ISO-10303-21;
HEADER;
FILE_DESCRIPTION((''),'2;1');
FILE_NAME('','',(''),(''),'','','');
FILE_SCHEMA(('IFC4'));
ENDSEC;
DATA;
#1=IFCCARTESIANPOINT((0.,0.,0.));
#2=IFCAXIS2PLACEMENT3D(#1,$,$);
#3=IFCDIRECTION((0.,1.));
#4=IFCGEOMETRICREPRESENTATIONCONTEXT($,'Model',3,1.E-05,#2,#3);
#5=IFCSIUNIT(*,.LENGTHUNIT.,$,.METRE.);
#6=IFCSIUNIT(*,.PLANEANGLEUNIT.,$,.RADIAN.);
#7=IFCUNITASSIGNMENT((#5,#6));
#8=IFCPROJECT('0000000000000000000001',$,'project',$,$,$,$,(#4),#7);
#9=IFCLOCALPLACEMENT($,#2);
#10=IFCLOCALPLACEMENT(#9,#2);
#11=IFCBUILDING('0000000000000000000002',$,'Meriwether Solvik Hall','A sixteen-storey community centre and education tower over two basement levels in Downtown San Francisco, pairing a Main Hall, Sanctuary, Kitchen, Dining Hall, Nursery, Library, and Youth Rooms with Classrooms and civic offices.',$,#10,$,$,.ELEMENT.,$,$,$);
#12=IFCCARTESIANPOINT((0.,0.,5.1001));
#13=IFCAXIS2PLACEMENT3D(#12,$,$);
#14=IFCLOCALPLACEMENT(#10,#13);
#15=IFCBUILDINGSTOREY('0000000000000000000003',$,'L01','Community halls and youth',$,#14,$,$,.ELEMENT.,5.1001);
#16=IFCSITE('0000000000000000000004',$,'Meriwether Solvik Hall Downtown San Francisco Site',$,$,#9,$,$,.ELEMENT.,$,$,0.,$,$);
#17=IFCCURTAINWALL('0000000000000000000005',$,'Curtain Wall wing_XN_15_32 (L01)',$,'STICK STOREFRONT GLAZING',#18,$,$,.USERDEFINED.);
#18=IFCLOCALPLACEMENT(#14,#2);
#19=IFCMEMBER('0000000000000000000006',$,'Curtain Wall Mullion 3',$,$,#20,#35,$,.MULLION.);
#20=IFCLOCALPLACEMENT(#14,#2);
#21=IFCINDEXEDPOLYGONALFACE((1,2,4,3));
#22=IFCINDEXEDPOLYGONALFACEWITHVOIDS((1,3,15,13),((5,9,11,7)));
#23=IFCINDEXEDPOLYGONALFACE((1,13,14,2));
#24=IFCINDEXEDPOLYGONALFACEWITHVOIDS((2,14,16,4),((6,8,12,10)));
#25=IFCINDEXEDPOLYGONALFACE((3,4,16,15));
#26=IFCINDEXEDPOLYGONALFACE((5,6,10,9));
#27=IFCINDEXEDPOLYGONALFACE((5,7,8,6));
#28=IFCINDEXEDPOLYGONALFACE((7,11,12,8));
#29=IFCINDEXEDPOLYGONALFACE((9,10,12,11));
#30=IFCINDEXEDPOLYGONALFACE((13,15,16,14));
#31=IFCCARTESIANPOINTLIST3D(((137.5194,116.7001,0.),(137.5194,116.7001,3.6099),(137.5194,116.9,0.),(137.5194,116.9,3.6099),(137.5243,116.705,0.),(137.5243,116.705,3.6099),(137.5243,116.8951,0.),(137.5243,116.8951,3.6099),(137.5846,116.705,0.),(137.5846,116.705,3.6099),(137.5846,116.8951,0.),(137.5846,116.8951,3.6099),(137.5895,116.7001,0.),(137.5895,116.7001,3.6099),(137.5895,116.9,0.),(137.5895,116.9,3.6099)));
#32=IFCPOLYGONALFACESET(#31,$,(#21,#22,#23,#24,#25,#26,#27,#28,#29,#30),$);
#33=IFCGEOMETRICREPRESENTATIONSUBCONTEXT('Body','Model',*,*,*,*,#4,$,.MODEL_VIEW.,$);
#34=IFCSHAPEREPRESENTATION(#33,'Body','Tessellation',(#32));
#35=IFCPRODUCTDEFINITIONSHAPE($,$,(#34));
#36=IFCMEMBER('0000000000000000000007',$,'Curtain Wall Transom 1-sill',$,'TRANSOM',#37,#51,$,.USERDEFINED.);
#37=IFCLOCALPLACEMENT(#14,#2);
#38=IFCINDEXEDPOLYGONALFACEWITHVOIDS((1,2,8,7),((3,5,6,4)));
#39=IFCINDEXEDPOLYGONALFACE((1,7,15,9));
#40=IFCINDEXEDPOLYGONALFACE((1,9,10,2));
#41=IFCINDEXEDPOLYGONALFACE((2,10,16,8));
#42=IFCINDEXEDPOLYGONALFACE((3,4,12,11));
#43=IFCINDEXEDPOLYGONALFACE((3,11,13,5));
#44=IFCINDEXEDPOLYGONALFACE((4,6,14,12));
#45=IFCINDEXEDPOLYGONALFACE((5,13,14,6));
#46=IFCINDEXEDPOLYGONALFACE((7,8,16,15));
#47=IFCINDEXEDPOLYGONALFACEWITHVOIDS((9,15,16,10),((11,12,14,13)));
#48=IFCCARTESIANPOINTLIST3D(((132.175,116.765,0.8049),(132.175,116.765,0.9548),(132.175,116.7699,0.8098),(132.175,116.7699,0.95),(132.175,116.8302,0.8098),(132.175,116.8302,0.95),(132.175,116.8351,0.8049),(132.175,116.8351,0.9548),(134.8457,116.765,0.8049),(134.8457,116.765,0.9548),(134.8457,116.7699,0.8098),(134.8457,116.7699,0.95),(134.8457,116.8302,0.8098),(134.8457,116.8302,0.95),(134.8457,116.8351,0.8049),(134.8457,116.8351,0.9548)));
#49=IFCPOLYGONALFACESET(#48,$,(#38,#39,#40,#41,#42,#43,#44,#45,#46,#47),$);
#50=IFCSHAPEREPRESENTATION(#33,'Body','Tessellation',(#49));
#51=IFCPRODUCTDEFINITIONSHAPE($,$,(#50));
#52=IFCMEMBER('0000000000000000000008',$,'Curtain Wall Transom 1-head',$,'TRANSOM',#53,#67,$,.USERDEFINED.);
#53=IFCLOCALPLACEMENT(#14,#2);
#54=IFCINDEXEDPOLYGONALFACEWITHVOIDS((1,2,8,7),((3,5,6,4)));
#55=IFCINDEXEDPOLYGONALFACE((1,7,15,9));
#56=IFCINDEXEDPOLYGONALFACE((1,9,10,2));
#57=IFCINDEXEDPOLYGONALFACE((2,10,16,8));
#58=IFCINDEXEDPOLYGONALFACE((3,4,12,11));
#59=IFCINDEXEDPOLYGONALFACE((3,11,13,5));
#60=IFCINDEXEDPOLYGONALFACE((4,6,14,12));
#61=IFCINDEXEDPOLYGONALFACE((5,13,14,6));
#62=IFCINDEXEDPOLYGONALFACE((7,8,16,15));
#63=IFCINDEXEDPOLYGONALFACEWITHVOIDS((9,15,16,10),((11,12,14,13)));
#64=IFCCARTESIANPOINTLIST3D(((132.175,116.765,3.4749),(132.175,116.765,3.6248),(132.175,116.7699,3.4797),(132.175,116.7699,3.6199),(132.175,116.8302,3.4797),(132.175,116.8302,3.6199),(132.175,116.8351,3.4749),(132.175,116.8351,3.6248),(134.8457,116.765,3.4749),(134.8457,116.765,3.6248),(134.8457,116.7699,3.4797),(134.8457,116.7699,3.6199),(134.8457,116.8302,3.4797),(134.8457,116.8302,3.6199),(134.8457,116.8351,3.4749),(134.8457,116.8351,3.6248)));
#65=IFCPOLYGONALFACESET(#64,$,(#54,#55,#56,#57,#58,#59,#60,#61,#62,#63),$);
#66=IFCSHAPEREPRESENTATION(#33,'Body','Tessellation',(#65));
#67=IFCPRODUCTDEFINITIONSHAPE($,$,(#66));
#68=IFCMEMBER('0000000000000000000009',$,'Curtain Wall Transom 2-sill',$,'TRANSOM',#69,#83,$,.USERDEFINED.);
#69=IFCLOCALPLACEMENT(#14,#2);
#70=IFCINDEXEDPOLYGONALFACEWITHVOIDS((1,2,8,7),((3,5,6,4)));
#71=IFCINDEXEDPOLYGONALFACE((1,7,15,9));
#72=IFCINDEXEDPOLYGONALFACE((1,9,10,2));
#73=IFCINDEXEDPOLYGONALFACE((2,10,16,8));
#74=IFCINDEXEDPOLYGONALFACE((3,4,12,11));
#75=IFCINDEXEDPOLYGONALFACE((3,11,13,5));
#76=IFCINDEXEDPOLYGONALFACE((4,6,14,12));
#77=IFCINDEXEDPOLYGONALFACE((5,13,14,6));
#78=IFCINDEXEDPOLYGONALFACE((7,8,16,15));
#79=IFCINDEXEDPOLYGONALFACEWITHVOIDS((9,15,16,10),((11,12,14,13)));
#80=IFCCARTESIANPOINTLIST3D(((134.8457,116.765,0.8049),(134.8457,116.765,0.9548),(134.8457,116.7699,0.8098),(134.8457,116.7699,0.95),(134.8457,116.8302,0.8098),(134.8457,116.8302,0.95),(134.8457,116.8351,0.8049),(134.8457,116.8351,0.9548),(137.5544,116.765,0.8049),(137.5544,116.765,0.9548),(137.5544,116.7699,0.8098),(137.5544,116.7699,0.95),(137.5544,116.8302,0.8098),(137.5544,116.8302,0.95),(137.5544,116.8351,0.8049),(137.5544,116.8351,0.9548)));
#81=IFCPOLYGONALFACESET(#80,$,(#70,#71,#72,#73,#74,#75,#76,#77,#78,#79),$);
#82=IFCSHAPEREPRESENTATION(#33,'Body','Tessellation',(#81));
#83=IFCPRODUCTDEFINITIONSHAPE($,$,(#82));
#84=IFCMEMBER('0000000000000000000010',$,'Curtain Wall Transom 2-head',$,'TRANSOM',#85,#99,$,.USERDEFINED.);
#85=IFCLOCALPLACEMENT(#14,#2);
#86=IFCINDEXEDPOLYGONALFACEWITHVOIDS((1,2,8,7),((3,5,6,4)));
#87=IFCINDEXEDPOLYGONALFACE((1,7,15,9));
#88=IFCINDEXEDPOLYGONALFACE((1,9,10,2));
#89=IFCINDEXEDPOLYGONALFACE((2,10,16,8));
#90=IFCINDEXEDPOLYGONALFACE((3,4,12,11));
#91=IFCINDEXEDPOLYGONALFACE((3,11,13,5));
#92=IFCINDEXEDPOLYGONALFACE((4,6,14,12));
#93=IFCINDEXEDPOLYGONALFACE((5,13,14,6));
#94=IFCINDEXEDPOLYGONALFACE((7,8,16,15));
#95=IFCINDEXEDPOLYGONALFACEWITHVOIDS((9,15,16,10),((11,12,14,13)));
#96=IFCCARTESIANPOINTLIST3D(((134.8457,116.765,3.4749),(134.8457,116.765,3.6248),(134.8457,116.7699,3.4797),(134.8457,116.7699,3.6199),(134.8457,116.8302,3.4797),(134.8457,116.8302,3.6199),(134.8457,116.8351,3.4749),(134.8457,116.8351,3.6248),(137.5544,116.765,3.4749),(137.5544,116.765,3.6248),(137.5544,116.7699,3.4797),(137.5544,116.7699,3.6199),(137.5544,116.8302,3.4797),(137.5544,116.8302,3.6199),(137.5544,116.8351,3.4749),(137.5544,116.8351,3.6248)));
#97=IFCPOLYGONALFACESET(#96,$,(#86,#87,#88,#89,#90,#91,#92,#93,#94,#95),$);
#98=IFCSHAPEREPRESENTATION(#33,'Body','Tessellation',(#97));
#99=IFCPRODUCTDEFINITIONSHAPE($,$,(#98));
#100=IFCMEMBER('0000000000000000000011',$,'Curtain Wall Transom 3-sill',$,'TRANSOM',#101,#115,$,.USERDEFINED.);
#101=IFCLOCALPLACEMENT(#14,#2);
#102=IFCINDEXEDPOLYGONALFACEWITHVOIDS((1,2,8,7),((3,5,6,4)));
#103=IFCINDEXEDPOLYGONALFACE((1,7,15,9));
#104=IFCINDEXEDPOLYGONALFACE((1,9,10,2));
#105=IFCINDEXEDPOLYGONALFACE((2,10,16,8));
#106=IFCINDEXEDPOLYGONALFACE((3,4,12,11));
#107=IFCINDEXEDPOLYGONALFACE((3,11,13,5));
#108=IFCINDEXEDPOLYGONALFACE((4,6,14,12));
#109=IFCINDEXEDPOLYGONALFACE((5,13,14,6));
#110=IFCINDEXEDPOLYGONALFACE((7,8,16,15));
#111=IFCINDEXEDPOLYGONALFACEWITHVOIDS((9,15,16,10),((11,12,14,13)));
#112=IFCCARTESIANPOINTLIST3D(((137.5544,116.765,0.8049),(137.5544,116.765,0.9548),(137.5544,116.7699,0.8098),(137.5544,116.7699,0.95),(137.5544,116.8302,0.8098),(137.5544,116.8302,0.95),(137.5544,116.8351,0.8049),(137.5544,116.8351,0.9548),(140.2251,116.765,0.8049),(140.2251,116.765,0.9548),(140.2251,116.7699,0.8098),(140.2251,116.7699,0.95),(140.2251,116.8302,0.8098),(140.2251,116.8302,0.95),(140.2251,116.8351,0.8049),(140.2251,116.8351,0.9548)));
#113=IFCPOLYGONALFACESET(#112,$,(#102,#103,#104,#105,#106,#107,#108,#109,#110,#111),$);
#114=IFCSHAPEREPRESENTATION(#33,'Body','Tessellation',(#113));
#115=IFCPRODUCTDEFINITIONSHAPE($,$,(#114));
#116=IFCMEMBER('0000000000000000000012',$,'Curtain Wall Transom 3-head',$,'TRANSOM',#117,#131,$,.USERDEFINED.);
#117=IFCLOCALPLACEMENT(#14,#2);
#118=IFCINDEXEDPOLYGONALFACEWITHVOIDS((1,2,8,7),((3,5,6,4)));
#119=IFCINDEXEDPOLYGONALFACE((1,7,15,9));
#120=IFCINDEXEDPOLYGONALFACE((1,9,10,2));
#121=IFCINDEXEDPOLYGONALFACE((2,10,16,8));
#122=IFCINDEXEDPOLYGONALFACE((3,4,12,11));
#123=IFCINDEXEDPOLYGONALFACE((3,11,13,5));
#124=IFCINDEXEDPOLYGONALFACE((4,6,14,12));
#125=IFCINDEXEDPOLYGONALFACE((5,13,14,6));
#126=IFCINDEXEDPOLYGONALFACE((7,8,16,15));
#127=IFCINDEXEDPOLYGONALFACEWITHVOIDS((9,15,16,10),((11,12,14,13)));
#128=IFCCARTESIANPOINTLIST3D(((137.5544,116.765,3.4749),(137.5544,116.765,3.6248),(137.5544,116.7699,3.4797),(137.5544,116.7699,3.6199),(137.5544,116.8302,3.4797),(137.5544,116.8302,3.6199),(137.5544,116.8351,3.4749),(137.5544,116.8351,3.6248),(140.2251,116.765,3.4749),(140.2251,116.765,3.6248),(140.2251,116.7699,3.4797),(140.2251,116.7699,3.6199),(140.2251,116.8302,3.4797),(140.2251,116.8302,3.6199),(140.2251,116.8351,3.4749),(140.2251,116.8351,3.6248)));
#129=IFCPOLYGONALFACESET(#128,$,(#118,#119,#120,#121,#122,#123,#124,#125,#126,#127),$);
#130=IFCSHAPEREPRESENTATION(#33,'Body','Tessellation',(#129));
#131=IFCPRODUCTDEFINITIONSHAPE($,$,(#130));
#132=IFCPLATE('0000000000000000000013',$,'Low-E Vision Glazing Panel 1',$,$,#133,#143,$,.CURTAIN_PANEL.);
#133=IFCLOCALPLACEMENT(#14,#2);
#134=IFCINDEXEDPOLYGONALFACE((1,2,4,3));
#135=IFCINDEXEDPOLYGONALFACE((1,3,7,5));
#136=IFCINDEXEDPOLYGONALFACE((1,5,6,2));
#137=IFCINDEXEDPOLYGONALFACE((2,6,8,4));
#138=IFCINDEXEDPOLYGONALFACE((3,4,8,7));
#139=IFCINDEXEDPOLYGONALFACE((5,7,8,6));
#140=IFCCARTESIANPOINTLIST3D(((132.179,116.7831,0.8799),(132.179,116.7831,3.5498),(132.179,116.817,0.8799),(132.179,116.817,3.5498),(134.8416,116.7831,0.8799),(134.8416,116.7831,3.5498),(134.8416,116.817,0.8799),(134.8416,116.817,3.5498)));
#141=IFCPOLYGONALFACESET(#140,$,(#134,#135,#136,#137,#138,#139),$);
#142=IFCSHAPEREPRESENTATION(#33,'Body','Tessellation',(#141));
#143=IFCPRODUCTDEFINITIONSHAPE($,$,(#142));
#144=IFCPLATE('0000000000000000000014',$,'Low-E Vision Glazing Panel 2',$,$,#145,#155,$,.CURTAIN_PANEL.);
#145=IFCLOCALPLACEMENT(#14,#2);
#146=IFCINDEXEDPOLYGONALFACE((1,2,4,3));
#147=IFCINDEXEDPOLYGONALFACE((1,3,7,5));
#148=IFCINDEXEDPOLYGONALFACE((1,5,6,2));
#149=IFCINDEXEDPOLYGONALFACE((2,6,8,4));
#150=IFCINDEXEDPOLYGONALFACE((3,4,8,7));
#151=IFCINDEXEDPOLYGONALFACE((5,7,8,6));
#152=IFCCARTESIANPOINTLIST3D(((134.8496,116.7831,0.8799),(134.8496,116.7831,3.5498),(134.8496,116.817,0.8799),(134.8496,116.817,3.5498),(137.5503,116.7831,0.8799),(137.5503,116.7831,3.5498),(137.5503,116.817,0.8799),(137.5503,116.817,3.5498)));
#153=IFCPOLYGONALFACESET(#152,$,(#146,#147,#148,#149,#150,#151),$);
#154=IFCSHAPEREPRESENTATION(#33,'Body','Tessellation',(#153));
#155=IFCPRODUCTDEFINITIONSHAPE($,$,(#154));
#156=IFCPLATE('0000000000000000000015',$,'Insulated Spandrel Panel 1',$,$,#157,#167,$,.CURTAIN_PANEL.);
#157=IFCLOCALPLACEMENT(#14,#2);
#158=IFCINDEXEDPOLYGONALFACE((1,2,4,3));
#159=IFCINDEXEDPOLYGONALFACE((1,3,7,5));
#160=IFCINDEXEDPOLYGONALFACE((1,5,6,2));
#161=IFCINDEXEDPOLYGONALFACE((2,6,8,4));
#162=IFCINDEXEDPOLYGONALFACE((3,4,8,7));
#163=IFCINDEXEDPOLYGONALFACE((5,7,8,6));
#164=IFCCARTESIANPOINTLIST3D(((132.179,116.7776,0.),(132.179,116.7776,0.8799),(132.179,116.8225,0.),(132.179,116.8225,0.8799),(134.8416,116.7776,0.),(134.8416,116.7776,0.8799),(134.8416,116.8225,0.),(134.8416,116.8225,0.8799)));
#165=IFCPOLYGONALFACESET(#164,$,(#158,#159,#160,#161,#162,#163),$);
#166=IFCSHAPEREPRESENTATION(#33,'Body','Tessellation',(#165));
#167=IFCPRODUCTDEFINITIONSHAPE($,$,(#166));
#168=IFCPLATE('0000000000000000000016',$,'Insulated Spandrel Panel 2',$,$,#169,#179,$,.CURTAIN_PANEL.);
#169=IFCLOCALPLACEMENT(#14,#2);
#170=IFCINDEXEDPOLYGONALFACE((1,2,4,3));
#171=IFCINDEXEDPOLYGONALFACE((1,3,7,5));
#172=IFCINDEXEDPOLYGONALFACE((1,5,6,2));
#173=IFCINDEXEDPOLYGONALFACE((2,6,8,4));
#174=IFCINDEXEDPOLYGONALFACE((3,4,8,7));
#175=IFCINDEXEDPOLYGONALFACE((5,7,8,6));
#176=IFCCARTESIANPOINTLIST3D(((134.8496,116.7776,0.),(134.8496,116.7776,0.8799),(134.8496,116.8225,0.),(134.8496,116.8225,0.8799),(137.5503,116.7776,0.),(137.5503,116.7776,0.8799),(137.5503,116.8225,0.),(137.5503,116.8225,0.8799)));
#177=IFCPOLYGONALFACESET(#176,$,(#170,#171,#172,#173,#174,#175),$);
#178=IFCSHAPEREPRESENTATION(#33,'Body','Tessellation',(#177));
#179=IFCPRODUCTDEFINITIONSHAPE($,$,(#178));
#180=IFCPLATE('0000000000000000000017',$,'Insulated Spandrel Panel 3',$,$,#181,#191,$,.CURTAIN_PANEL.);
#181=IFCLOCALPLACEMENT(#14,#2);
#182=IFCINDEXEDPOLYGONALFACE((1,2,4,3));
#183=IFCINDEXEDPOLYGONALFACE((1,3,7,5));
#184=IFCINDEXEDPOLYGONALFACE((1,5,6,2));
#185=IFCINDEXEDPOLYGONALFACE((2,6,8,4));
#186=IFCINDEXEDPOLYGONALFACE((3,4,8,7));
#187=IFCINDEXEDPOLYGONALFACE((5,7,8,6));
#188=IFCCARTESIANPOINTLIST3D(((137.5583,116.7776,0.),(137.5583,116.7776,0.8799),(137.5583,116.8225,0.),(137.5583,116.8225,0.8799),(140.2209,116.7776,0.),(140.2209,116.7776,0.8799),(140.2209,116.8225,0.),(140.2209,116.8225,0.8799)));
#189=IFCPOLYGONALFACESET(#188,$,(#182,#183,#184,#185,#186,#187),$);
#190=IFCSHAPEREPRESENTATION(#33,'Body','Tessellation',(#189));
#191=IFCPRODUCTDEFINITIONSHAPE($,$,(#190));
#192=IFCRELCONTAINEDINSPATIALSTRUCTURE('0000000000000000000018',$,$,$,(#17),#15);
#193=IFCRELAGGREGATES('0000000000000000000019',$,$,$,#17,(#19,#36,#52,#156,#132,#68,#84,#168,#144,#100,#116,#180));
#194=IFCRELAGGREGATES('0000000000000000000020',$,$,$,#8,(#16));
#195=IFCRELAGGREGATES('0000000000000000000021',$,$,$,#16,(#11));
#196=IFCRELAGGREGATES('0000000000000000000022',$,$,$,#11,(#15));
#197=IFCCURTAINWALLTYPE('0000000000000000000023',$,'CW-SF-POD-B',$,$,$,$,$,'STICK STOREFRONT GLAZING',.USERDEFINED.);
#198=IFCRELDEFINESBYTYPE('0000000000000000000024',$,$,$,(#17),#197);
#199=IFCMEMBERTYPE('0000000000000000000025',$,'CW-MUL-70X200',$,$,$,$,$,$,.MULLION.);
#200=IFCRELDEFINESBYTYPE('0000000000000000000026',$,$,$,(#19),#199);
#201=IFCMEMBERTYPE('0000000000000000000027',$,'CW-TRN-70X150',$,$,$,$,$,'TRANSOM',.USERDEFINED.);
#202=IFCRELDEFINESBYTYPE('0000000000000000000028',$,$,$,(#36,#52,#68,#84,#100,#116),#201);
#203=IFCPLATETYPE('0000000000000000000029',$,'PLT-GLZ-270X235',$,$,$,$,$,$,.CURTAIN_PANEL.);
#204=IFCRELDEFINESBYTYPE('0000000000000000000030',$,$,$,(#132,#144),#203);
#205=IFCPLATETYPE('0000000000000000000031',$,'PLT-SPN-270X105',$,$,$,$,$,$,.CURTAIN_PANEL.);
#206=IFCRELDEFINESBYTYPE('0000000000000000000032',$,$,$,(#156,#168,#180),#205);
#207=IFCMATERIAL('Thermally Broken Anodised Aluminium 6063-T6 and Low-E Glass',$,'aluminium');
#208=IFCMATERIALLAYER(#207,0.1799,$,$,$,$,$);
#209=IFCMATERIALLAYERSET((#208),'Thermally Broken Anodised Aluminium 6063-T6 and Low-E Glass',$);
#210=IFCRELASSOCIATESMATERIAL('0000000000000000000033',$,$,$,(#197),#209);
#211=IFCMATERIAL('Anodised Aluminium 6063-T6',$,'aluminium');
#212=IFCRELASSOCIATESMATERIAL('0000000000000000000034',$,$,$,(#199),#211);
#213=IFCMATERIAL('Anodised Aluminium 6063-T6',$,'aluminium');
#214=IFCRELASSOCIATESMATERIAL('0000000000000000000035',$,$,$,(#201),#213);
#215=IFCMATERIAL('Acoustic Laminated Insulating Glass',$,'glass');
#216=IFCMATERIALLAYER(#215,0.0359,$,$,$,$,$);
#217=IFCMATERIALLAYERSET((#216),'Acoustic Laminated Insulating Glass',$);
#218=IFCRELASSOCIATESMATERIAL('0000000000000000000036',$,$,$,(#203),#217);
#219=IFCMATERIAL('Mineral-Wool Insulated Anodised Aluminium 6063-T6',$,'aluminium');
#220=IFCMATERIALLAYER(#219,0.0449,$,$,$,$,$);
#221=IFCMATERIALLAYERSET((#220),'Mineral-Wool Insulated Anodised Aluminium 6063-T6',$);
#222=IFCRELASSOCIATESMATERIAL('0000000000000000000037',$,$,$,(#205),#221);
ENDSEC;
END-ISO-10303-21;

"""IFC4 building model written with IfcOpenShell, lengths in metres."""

from ifc_helpers import new_model, si_unit, direction, frame, origin, origin_2d, place, context, subcontext, project, spatial, rectangle, hollow_rectangle, extrude, material, layer, layer_set, material_profile, profile_set, type_object, element, aggregate, save


model = new_model("IFC4")

# Units and contexts
model_context = context("Model", 3, precision=1e-05, world=origin(), true_north=direction((0.0, 1.0)))
body_context = subcontext(model_context, "Body", "Model", "MODEL_VIEW")
ifc_project = project(units=[si_unit("LENGTHUNIT", "METRE"), si_unit("PLANEANGLEUNIT", "RADIAN")], contexts=[model_context])

# Site, building, storey
site_placement = place(None, origin())
site = spatial("IfcSite", under=ifc_project, at=site_placement, Name="Meriwether Solvik Hall Downtown San Francisco Site", CompositionType="ELEMENT", RefElevation=0.0)
building_placement = place(site_placement, origin())
building = spatial("IfcBuilding", under=site, at=building_placement, Name="Meriwether Solvik Hall", Description="A sixteen-storey community centre and education tower over two basement levels in Downtown San Francisco, pairing a Main Hall, Sanctuary, Kitchen, Dining Hall, Nursery, Library, and Youth Rooms with Classrooms and civic offices.", CompositionType="ELEMENT")
storey_placement = place(building_placement, frame((0.0, 0.0, 5.1001)))
storey = spatial("IfcBuildingStorey", under=building, at=storey_placement, Name="L01", Description="Community halls and youth", CompositionType="ELEMENT", Elevation=5.1001)

# Curtain wall, members, plates
ifc_material_1 = material(Name="Thermally Broken Anodised Aluminium 6063-T6 and Low-E Glass", Category="aluminium")
ifc_layer_1 = layer(ifc_material_1, 0.1799)
ifc_layer_set_1 = layer_set([ifc_layer_1], Name="Thermally Broken Anodised Aluminium 6063-T6 and Low-E Glass")
curtain_wall_type = type_object("IfcCurtainWallType", Name="CW-SF-POD-B", ElementType="STICK STOREFRONT GLAZING", PredefinedType="USERDEFINED", material=ifc_layer_set_1)
curtain_wall_placement = place(storey_placement, origin())
curtain_wall = element("IfcCurtainWall", 1, at=curtain_wall_placement, inside=storey, type_object=curtain_wall_type, Name="Curtain Wall wing_XN_15_32 (L01)", ObjectType="STICK STOREFRONT GLAZING", PredefinedType="USERDEFINED")
ifc_material_2 = material(Name="Anodised Aluminium 6063-T6", Category="aluminium")
ifc_material_profile_1 = material_profile(ifc_material_2, hollow_rectangle(XDim=0.0701, YDim=0.2, WallThickness=0.0049, at=origin_2d()), Name="CWM-70X200")
ifc_profile_set_1 = profile_set([ifc_material_profile_1], Name="Anodised Aluminium 6063-T6")
member_type_1 = type_object("IfcMemberType", Name="CW-MUL-70X200", PredefinedType="MULLION", material=ifc_profile_set_1)
member_1_placement = place(storey_placement, frame((137.5544, 116.8, 0.0), z_axis=(0.0, 0.0, 1.0), x_axis=(1.0, 0.0, 0.0)))
member_1 = element("IfcMember", 2, at=member_1_placement, type_object=member_type_1, Name="Curtain Wall Mullion 3", PredefinedType="MULLION", context=body_context, shape_type="SweptSolid", body=[
    extrude(hollow_rectangle(XDim=0.0701, YDim=0.2, WallThickness=0.0049, at=origin_2d()), origin(), (0.0, 0.0, 1.0), 3.6099),
])
ifc_material_3 = material(Name="Anodised Aluminium 6063-T6", Category="aluminium")
ifc_material_profile_2 = material_profile(ifc_material_3, hollow_rectangle(XDim=0.0701, YDim=0.1499, WallThickness=0.0049, at=origin_2d()), Name="CWT-70X150")
ifc_profile_set_2 = profile_set([ifc_material_profile_2], Name="Anodised Aluminium 6063-T6")
member_type_2 = type_object("IfcMemberType", Name="CW-TRN-70X150", ElementType="TRANSOM", PredefinedType="USERDEFINED", material=ifc_profile_set_2)
member_2_placement = place(storey_placement, frame((132.175, 116.8, 0.8799), z_axis=(1.0, 0.0, 0.0), x_axis=(0.0, 1.0, 0.0)))
member_2 = element("IfcMember", 3, at=member_2_placement, type_object=member_type_2, Name="Curtain Wall Transom 1-sill", ObjectType="TRANSOM", PredefinedType="USERDEFINED", context=body_context, shape_type="SweptSolid", body=[
    extrude(hollow_rectangle(XDim=0.0701, YDim=0.1499, WallThickness=0.0049, at=origin_2d()), origin(), (0.0, 0.0, 1.0), 2.6707),
])
member_3_placement = place(storey_placement, frame((132.175, 116.8, 3.5498), z_axis=(1.0, 0.0, 0.0), x_axis=(0.0, 1.0, 0.0)))
member_3 = element("IfcMember", 4, at=member_3_placement, type_object=member_type_2, Name="Curtain Wall Transom 1-head", ObjectType="TRANSOM", PredefinedType="USERDEFINED", context=body_context, shape_type="SweptSolid", body=[
    extrude(hollow_rectangle(XDim=0.0701, YDim=0.1499, WallThickness=0.0049, at=origin_2d()), origin(), (0.0, 0.0, 1.0), 2.6707),
])
member_4_placement = place(storey_placement, frame((134.8457, 116.8, 0.8799), z_axis=(1.0, 0.0, 0.0), x_axis=(0.0, 1.0, 0.0)))
member_4 = element("IfcMember", 5, at=member_4_placement, type_object=member_type_2, Name="Curtain Wall Transom 2-sill", ObjectType="TRANSOM", PredefinedType="USERDEFINED", context=body_context, shape_type="SweptSolid", body=[
    extrude(hollow_rectangle(XDim=0.0701, YDim=0.1499, WallThickness=0.0049, at=origin_2d()), origin(), (0.0, 0.0, 1.0), 2.7087),
])
member_5_placement = place(storey_placement, frame((134.8457, 116.8, 3.5498), z_axis=(1.0, 0.0, 0.0), x_axis=(0.0, 1.0, 0.0)))
member_5 = element("IfcMember", 6, at=member_5_placement, type_object=member_type_2, Name="Curtain Wall Transom 2-head", ObjectType="TRANSOM", PredefinedType="USERDEFINED", context=body_context, shape_type="SweptSolid", body=[
    extrude(hollow_rectangle(XDim=0.0701, YDim=0.1499, WallThickness=0.0049, at=origin_2d()), origin(), (0.0, 0.0, 1.0), 2.7087),
])
member_6_placement = place(storey_placement, frame((137.5544, 116.8, 0.8799), z_axis=(1.0, 0.0, 0.0), x_axis=(0.0, 1.0, 0.0)))
member_6 = element("IfcMember", 7, at=member_6_placement, type_object=member_type_2, Name="Curtain Wall Transom 3-sill", ObjectType="TRANSOM", PredefinedType="USERDEFINED", context=body_context, shape_type="SweptSolid", body=[
    extrude(hollow_rectangle(XDim=0.0701, YDim=0.1499, WallThickness=0.0049, at=origin_2d()), origin(), (0.0, 0.0, 1.0), 2.6707),
])
member_7_placement = place(storey_placement, frame((137.5544, 116.8, 3.5498), z_axis=(1.0, 0.0, 0.0), x_axis=(0.0, 1.0, 0.0)))
member_7 = element("IfcMember", 8, at=member_7_placement, type_object=member_type_2, Name="Curtain Wall Transom 3-head", ObjectType="TRANSOM", PredefinedType="USERDEFINED", context=body_context, shape_type="SweptSolid", body=[
    extrude(hollow_rectangle(XDim=0.0701, YDim=0.1499, WallThickness=0.0049, at=origin_2d()), origin(), (0.0, 0.0, 1.0), 2.6707),
])
ifc_material_4 = material(Name="Acoustic Laminated Insulating Glass", Category="glass")
ifc_layer_2 = layer(ifc_material_4, 0.0359)
ifc_layer_set_2 = layer_set([ifc_layer_2], Name="Acoustic Laminated Insulating Glass")
plate_type_1 = type_object("IfcPlateType", Name="PLT-GLZ-270X235", PredefinedType="CURTAIN_PANEL", material=ifc_layer_set_2)
plate_1_placement = place(storey_placement, frame((133.5103, 116.8, 0.8799), z_axis=(0.0, 0.0, 1.0), x_axis=(1.0, 0.0, 0.0)))
plate_1 = element("IfcPlate", 9, at=plate_1_placement, type_object=plate_type_1, Name="Low-E Vision Glazing Panel 1", PredefinedType="CURTAIN_PANEL", context=body_context, shape_type="SweptSolid", body=[
    extrude(rectangle(XDim=2.6626, YDim=0.0339, at=origin_2d()), origin(), (0.0, 0.0, 1.0), 2.6699),
])
plate_2_placement = place(storey_placement, frame((136.2, 116.8, 0.8799), z_axis=(0.0, 0.0, 1.0), x_axis=(1.0, 0.0, 0.0)))
plate_2 = element("IfcPlate", 10, at=plate_2_placement, type_object=plate_type_1, Name="Low-E Vision Glazing Panel 2", PredefinedType="CURTAIN_PANEL", context=body_context, shape_type="SweptSolid", body=[
    extrude(rectangle(XDim=2.7007, YDim=0.0339, at=origin_2d()), origin(), (0.0, 0.0, 1.0), 2.6699),
])
ifc_material_5 = material(Name="Mineral-Wool Insulated Anodised Aluminium 6063-T6", Category="aluminium")
ifc_layer_3 = layer(ifc_material_5, 0.0449)
ifc_layer_set_3 = layer_set([ifc_layer_3], Name="Mineral-Wool Insulated Anodised Aluminium 6063-T6")
plate_type_2 = type_object("IfcPlateType", Name="PLT-SPN-270X105", PredefinedType="CURTAIN_PANEL", material=ifc_layer_set_3)
plate_3_placement = place(storey_placement, frame((133.5103, 116.8, 0.0), z_axis=(0.0, 0.0, 1.0), x_axis=(1.0, 0.0, 0.0)))
plate_3 = element("IfcPlate", 11, at=plate_3_placement, type_object=plate_type_2, Name="Insulated Spandrel Panel 1", PredefinedType="CURTAIN_PANEL", context=body_context, shape_type="SweptSolid", body=[
    extrude(rectangle(XDim=2.6626, YDim=0.0449, at=origin_2d()), origin(), (0.0, 0.0, 1.0), 0.8799),
])
plate_4_placement = place(storey_placement, frame((136.2, 116.8, 0.0), z_axis=(0.0, 0.0, 1.0), x_axis=(1.0, 0.0, 0.0)))
plate_4 = element("IfcPlate", 12, at=plate_4_placement, type_object=plate_type_2, Name="Insulated Spandrel Panel 2", PredefinedType="CURTAIN_PANEL", context=body_context, shape_type="SweptSolid", body=[
    extrude(rectangle(XDim=2.7007, YDim=0.0449, at=origin_2d()), origin(), (0.0, 0.0, 1.0), 0.8799),
])
plate_5_placement = place(storey_placement, frame((138.8896, 116.8, 0.0), z_axis=(0.0, 0.0, 1.0), x_axis=(1.0, 0.0, 0.0)))
plate_5 = element("IfcPlate", 13, at=plate_5_placement, type_object=plate_type_2, Name="Insulated Spandrel Panel 3", PredefinedType="CURTAIN_PANEL", context=body_context, shape_type="SweptSolid", body=[
    extrude(rectangle(XDim=2.6626, YDim=0.0449, at=origin_2d()), origin(), (0.0, 0.0, 1.0), 0.8799),
])
aggregate(curtain_wall, [member_1, member_2, member_3, plate_3, plate_1, member_4, member_5, plate_4, plate_2, member_6, member_7, plate_5])

save(model, "model.ifc")
